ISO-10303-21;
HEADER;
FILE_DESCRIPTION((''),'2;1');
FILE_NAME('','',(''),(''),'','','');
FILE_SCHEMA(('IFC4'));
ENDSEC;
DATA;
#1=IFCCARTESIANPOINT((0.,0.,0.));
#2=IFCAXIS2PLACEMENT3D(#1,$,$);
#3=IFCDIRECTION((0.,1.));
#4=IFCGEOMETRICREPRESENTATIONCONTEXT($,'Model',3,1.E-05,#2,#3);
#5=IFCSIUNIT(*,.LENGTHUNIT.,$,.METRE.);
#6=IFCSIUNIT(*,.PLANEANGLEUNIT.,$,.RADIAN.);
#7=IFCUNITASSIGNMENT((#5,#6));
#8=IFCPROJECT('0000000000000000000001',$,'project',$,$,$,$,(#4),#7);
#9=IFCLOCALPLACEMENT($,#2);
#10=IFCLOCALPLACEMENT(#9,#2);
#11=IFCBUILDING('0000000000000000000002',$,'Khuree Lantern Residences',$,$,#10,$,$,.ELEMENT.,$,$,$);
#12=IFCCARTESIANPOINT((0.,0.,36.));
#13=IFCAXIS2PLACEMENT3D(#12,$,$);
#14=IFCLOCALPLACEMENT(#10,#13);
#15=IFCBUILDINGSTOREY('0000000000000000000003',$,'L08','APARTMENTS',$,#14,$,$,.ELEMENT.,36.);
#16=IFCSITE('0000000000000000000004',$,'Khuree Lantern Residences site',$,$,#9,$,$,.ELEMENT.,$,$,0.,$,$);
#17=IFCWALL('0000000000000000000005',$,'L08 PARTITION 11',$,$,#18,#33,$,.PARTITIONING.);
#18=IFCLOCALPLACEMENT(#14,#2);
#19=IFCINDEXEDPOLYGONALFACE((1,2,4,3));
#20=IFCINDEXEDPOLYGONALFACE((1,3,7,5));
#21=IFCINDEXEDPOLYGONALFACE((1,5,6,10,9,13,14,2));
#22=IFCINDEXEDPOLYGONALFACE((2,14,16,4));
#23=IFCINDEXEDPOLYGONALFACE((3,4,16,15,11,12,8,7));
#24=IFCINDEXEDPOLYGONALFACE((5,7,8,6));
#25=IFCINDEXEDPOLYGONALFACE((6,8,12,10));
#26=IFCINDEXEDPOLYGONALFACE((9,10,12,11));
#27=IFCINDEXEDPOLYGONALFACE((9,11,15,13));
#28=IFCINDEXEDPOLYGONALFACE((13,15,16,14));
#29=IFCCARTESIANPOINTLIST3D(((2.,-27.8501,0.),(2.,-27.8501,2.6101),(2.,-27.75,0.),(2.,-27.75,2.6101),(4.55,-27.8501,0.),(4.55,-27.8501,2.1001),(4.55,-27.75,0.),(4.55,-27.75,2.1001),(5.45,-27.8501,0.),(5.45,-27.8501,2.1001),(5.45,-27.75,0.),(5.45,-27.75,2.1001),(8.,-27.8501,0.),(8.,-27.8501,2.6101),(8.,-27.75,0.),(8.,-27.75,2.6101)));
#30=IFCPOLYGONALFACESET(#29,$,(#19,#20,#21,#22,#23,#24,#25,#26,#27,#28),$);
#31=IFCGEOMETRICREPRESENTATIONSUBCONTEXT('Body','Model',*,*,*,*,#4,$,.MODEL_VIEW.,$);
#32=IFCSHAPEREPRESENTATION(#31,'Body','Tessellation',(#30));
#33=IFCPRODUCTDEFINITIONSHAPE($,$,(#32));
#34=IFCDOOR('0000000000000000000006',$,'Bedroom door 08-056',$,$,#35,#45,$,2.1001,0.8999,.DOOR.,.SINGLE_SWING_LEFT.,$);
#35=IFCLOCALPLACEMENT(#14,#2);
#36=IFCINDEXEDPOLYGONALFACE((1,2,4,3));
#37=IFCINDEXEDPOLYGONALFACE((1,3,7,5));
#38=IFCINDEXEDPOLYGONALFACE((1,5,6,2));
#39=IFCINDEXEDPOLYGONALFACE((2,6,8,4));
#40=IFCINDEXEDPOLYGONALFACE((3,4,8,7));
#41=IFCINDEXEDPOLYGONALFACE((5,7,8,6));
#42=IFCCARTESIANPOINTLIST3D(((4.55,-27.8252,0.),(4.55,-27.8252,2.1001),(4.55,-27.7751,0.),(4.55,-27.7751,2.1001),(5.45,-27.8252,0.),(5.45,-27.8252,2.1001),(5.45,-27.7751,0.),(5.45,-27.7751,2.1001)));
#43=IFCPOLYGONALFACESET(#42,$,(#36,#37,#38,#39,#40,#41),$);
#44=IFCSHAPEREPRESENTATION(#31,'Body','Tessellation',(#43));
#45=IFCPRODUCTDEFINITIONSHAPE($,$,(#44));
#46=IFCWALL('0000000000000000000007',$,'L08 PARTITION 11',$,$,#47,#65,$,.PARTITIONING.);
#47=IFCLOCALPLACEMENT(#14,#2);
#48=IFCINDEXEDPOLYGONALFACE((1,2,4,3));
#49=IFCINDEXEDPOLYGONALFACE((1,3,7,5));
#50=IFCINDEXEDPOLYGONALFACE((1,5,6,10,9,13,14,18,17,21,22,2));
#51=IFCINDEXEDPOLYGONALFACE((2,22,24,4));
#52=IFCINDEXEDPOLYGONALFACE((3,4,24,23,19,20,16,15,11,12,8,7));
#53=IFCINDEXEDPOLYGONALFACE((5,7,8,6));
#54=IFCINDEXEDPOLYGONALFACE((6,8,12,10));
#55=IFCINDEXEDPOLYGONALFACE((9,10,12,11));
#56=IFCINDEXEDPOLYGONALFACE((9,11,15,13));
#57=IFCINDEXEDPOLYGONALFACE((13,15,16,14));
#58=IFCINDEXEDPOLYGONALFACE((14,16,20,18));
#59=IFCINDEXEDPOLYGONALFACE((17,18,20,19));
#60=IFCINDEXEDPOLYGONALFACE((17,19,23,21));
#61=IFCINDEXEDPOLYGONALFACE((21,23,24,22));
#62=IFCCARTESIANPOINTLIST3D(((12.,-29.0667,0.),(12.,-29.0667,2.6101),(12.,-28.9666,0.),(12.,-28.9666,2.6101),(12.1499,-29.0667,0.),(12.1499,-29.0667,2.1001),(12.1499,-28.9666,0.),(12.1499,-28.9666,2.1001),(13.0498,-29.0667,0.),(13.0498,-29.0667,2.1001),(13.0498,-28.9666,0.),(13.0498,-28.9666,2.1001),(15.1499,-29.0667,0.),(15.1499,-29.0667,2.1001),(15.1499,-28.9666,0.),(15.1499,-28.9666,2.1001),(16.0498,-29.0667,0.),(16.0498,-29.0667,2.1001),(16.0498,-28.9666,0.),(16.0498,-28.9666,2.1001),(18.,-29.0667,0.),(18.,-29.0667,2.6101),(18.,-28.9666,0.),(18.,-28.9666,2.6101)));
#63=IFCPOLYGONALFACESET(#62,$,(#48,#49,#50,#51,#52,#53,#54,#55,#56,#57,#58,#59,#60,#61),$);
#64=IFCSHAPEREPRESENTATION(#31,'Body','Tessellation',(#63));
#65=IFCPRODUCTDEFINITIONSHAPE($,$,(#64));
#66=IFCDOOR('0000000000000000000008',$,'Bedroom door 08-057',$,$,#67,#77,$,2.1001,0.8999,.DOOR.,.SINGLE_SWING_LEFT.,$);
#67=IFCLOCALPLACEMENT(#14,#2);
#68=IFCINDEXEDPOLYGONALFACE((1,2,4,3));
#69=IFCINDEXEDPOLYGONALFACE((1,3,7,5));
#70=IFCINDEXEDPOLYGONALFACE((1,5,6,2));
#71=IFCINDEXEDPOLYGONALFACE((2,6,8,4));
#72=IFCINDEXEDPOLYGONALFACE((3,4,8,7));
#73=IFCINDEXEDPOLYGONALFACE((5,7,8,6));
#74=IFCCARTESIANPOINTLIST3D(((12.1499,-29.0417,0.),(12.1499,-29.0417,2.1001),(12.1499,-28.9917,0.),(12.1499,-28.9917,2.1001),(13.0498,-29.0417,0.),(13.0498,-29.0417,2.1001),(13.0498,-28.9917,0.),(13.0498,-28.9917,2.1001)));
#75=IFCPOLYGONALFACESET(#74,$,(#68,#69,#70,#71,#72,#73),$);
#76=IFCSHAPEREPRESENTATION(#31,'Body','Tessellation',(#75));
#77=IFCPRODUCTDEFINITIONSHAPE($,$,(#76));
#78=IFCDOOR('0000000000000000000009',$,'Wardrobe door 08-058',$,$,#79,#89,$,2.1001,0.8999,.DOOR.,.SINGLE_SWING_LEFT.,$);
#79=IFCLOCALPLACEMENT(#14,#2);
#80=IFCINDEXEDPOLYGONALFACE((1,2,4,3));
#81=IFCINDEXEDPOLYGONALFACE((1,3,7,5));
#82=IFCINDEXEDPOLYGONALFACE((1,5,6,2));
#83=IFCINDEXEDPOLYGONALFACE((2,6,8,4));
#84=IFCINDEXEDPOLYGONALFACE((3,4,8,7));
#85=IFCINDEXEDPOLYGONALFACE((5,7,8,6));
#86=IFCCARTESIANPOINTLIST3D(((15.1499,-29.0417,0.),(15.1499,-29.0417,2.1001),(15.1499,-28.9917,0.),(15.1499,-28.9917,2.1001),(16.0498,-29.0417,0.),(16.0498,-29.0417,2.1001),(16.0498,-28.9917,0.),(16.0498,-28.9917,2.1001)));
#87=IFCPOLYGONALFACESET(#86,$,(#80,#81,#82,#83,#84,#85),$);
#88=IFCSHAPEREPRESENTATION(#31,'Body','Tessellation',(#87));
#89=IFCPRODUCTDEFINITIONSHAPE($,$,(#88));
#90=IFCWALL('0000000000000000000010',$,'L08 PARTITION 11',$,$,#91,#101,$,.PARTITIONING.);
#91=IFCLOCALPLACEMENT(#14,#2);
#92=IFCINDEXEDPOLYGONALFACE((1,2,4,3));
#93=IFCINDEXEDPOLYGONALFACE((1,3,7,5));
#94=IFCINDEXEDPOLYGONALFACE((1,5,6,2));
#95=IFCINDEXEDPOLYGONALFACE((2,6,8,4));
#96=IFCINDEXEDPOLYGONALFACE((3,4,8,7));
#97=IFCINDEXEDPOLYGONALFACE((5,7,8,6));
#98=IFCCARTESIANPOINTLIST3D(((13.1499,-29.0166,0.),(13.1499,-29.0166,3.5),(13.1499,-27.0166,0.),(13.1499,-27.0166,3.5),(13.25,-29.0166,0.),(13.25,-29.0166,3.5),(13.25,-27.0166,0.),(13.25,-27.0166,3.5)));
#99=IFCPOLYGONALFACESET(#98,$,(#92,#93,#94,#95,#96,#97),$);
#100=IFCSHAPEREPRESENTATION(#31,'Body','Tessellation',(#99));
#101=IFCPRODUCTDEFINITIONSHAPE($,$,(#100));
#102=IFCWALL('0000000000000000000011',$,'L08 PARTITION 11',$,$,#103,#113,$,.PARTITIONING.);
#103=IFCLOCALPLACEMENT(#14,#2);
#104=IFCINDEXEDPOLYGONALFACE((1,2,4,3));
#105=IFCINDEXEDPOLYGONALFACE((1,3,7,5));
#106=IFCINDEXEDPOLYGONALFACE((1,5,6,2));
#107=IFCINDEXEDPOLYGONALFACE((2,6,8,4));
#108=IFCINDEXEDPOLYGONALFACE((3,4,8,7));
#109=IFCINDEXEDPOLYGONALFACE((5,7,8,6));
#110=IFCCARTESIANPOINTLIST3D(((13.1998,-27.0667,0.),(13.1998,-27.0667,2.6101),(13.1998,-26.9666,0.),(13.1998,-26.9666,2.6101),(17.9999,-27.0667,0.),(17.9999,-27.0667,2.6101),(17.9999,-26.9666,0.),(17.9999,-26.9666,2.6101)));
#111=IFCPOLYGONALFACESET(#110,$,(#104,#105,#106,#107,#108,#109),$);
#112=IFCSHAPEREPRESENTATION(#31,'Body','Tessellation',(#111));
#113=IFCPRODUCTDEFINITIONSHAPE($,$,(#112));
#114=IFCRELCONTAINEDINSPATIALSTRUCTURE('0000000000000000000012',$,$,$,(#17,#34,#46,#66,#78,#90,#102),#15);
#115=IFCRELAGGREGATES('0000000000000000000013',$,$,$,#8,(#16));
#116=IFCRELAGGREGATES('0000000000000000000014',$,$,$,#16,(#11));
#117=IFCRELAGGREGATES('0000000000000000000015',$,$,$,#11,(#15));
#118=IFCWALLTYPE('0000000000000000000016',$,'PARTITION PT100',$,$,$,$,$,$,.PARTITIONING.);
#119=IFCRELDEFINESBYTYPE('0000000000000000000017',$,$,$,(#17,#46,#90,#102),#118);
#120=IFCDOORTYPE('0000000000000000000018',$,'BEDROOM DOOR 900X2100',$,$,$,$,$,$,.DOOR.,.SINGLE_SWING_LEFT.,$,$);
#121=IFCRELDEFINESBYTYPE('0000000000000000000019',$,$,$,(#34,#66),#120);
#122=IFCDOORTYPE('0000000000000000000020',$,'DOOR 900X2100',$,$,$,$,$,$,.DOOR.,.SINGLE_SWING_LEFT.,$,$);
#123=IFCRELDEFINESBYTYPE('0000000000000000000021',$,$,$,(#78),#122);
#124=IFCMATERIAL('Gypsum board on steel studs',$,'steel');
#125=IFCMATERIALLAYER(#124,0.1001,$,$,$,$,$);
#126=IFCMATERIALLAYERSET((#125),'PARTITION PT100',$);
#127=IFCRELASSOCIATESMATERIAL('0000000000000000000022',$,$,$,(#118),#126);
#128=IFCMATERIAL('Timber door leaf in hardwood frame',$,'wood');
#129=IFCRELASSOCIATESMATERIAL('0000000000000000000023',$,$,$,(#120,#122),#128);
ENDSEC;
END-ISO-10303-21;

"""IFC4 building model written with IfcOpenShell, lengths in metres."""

from ifc_helpers import new_model, si_unit, direction, frame, frame_2d, origin, place, context, subcontext, project, spatial, rectangle, extrude, material, layer, layer_set, type_object, element, fill, save


model = new_model("IFC4")

# Units and contexts
model_context = context("Model", 3, precision=1e-05, world=origin(), true_north=direction((0.0, 1.0)))
body_context = subcontext(model_context, "Body", "Model", "MODEL_VIEW")
ifc_project = project(units=[si_unit("LENGTHUNIT", "METRE"), si_unit("PLANEANGLEUNIT", "RADIAN")], contexts=[model_context])

# Site, building, storey
site_placement = place(None, origin())
site = spatial("IfcSite", under=ifc_project, at=site_placement, Name="Khuree Lantern Residences site", CompositionType="ELEMENT", RefElevation=0.0)
building_placement = place(site_placement, origin())
building = spatial("IfcBuilding", under=site, at=building_placement, Name="Khuree Lantern Residences", CompositionType="ELEMENT")
storey_placement = place(building_placement, frame((0.0, 0.0, 36.0)))
storey = spatial("IfcBuildingStorey", under=building, at=storey_placement, Name="L08", Description="APARTMENTS", CompositionType="ELEMENT", Elevation=36.0)

# Shared definitions
ifc_material_1 = material(Name="Gypsum board on steel studs", Category="steel")
ifc_material_2 = material(Name="Timber door leaf in hardwood frame", Category="wood")

# Shared definitions
ifc_layer_1 = layer(ifc_material_1, 0.1001)
ifc_layer_set_1 = layer_set([ifc_layer_1], Name="PARTITION PT100")
wall_type_1 = type_object("IfcWallType", Name="PARTITION PT100", PredefinedType="PARTITIONING", material=ifc_layer_set_1)

# Wall, opening, door
wall_1_placement = place(storey_placement, frame((2.0, -27.8, 0.0), z_axis=(0.0, 0.0, 1.0), x_axis=(1.0, 0.0, 0.0)))
wall_1 = element("IfcWall", 1, at=wall_1_placement, inside=storey, type_object=wall_type_1, Name="L08 PARTITION 11", PredefinedType="PARTITIONING", context=body_context, shape_type="SweptSolid", body=[
    extrude(rectangle(XDim=6.0, YDim=0.1001, at=frame_2d((3.0, 0.0))), origin(), (0.0, 0.0, 1.0), 2.6101),
])
opening_1_placement = place(wall_1_placement, frame((2.55, 0.0, 0.0)))
opening_1 = element("IfcOpeningElement", 2, at=opening_1_placement, cuts=wall_1, PredefinedType="OPENING", context=body_context, shape_type="SweptSolid", body=[
    extrude(rectangle(XDim=0.8999, YDim=2.1001, at=frame_2d((0.45, 1.05))), frame((0.0, 0.0601, 0.0), z_axis=(0.0, -1.0, 0.0), x_axis=(1.0, 0.0, 0.0)), (0.0, 0.0, 1.0), 0.1201),
])
door_type_1 = type_object("IfcDoorType", Name="BEDROOM DOOR 900X2100", OperationType="SINGLE_SWING_LEFT", PredefinedType="DOOR", material=ifc_material_2)
door_1_placement = place(opening_1_placement, origin())
door_1 = element("IfcDoor", 3, at=door_1_placement, inside=storey, type_object=door_type_1, Name="Bedroom door 08-056", OperationType="SINGLE_SWING_LEFT", OverallHeight=2.1001, OverallWidth=0.8999, PredefinedType="DOOR", context=body_context, shape_type="SweptSolid", body=[
    extrude(rectangle(XDim=0.8999, YDim=2.1001, at=frame_2d((0.45, 1.05))), frame((0.0, 0.0249, 0.0), z_axis=(0.0, -1.0, 0.0), x_axis=(1.0, 0.0, 0.0)), (0.0, 0.0, 1.0), 0.05),
])
fill(opening_1, door_1)

# Wall, openings, doors
wall_2_placement = place(storey_placement, frame((12.0, -29.0166, 0.0), z_axis=(0.0, 0.0, 1.0), x_axis=(1.0, 0.0, 0.0)))
wall_2 = element("IfcWall", 4, at=wall_2_placement, inside=storey, type_object=wall_type_1, Name="L08 PARTITION 11", PredefinedType="PARTITIONING", context=body_context, shape_type="SweptSolid", body=[
    extrude(rectangle(XDim=6.0, YDim=0.1001, at=frame_2d((3.0, 0.0))), origin(), (0.0, 0.0, 1.0), 2.6101),
])
opening_2_placement = place(wall_2_placement, frame((0.1499, 0.0, 0.0)))
opening_2 = element("IfcOpeningElement", 5, at=opening_2_placement, cuts=wall_2, PredefinedType="OPENING", context=body_context, shape_type="SweptSolid", body=[
    extrude(rectangle(XDim=0.8999, YDim=2.1001, at=frame_2d((0.45, 1.05))), frame((0.0, 0.0601, 0.0), z_axis=(0.0, -1.0, 0.0), x_axis=(1.0, 0.0, 0.0)), (0.0, 0.0, 1.0), 0.1201),
])
opening_3_placement = place(wall_2_placement, frame((3.1499, 0.0, 0.0)))
opening_3 = element("IfcOpeningElement", 6, at=opening_3_placement, cuts=wall_2, PredefinedType="OPENING", context=body_context, shape_type="SweptSolid", body=[
    extrude(rectangle(XDim=0.8999, YDim=2.1001, at=frame_2d((0.45, 1.05))), frame((0.0, 0.0601, 0.0), z_axis=(0.0, -1.0, 0.0), x_axis=(1.0, 0.0, 0.0)), (0.0, 0.0, 1.0), 0.1201),
])
door_2_placement = place(opening_2_placement, origin())
door_2 = element("IfcDoor", 7, at=door_2_placement, inside=storey, type_object=door_type_1, Name="Bedroom door 08-057", OperationType="SINGLE_SWING_LEFT", OverallHeight=2.1001, OverallWidth=0.8999, PredefinedType="DOOR", context=body_context, shape_type="SweptSolid", body=[
    extrude(rectangle(XDim=0.8999, YDim=2.1001, at=frame_2d((0.45, 1.05))), frame((0.0, 0.0249, 0.0), z_axis=(0.0, -1.0, 0.0), x_axis=(1.0, 0.0, 0.0)), (0.0, 0.0, 1.0), 0.05),
])
fill(opening_2, door_2)
door_type_2 = type_object("IfcDoorType", Name="DOOR 900X2100", OperationType="SINGLE_SWING_LEFT", PredefinedType="DOOR", material=ifc_material_2)
door_3_placement = place(opening_3_placement, origin())
door_3 = element("IfcDoor", 8, at=door_3_placement, inside=storey, type_object=door_type_2, Name="Wardrobe door 08-058", OperationType="SINGLE_SWING_LEFT", OverallHeight=2.1001, OverallWidth=0.8999, PredefinedType="DOOR", context=body_context, shape_type="SweptSolid", body=[
    extrude(rectangle(XDim=0.8999, YDim=2.1001, at=frame_2d((0.45, 1.05))), frame((0.0, 0.0249, 0.0), z_axis=(0.0, -1.0, 0.0), x_axis=(1.0, 0.0, 0.0)), (0.0, 0.0, 1.0), 0.05),
])
fill(opening_3, door_3)

# Walls
wall_3_placement = place(storey_placement, frame((13.2, -27.0166, 0.0), z_axis=(0.0, 0.0, 1.0), x_axis=(0.0, -1.0, 0.0)))
element("IfcWall", 9, at=wall_3_placement, inside=storey, type_object=wall_type_1, Name="L08 PARTITION 11", PredefinedType="PARTITIONING", context=body_context, shape_type="SweptSolid", body=[
    extrude(rectangle(XDim=2.0, YDim=0.1001, at=frame_2d((1.0, 0.0))), origin(), (0.0, 0.0, 1.0), 3.5),
])
wall_4_placement = place(storey_placement, frame((13.2, -27.0166, 0.0), z_axis=(0.0, 0.0, 1.0), x_axis=(1.0, 0.0, 0.0)))
element("IfcWall", 10, at=wall_4_placement, inside=storey, type_object=wall_type_1, Name="L08 PARTITION 11", PredefinedType="PARTITIONING", context=body_context, shape_type="SweptSolid", body=[
    extrude(rectangle(XDim=4.8, YDim=0.1001, at=frame_2d((2.3999, 0.0))), origin(), (0.0, 0.0, 1.0), 2.6101),
])

save(model, "model.ifc")
